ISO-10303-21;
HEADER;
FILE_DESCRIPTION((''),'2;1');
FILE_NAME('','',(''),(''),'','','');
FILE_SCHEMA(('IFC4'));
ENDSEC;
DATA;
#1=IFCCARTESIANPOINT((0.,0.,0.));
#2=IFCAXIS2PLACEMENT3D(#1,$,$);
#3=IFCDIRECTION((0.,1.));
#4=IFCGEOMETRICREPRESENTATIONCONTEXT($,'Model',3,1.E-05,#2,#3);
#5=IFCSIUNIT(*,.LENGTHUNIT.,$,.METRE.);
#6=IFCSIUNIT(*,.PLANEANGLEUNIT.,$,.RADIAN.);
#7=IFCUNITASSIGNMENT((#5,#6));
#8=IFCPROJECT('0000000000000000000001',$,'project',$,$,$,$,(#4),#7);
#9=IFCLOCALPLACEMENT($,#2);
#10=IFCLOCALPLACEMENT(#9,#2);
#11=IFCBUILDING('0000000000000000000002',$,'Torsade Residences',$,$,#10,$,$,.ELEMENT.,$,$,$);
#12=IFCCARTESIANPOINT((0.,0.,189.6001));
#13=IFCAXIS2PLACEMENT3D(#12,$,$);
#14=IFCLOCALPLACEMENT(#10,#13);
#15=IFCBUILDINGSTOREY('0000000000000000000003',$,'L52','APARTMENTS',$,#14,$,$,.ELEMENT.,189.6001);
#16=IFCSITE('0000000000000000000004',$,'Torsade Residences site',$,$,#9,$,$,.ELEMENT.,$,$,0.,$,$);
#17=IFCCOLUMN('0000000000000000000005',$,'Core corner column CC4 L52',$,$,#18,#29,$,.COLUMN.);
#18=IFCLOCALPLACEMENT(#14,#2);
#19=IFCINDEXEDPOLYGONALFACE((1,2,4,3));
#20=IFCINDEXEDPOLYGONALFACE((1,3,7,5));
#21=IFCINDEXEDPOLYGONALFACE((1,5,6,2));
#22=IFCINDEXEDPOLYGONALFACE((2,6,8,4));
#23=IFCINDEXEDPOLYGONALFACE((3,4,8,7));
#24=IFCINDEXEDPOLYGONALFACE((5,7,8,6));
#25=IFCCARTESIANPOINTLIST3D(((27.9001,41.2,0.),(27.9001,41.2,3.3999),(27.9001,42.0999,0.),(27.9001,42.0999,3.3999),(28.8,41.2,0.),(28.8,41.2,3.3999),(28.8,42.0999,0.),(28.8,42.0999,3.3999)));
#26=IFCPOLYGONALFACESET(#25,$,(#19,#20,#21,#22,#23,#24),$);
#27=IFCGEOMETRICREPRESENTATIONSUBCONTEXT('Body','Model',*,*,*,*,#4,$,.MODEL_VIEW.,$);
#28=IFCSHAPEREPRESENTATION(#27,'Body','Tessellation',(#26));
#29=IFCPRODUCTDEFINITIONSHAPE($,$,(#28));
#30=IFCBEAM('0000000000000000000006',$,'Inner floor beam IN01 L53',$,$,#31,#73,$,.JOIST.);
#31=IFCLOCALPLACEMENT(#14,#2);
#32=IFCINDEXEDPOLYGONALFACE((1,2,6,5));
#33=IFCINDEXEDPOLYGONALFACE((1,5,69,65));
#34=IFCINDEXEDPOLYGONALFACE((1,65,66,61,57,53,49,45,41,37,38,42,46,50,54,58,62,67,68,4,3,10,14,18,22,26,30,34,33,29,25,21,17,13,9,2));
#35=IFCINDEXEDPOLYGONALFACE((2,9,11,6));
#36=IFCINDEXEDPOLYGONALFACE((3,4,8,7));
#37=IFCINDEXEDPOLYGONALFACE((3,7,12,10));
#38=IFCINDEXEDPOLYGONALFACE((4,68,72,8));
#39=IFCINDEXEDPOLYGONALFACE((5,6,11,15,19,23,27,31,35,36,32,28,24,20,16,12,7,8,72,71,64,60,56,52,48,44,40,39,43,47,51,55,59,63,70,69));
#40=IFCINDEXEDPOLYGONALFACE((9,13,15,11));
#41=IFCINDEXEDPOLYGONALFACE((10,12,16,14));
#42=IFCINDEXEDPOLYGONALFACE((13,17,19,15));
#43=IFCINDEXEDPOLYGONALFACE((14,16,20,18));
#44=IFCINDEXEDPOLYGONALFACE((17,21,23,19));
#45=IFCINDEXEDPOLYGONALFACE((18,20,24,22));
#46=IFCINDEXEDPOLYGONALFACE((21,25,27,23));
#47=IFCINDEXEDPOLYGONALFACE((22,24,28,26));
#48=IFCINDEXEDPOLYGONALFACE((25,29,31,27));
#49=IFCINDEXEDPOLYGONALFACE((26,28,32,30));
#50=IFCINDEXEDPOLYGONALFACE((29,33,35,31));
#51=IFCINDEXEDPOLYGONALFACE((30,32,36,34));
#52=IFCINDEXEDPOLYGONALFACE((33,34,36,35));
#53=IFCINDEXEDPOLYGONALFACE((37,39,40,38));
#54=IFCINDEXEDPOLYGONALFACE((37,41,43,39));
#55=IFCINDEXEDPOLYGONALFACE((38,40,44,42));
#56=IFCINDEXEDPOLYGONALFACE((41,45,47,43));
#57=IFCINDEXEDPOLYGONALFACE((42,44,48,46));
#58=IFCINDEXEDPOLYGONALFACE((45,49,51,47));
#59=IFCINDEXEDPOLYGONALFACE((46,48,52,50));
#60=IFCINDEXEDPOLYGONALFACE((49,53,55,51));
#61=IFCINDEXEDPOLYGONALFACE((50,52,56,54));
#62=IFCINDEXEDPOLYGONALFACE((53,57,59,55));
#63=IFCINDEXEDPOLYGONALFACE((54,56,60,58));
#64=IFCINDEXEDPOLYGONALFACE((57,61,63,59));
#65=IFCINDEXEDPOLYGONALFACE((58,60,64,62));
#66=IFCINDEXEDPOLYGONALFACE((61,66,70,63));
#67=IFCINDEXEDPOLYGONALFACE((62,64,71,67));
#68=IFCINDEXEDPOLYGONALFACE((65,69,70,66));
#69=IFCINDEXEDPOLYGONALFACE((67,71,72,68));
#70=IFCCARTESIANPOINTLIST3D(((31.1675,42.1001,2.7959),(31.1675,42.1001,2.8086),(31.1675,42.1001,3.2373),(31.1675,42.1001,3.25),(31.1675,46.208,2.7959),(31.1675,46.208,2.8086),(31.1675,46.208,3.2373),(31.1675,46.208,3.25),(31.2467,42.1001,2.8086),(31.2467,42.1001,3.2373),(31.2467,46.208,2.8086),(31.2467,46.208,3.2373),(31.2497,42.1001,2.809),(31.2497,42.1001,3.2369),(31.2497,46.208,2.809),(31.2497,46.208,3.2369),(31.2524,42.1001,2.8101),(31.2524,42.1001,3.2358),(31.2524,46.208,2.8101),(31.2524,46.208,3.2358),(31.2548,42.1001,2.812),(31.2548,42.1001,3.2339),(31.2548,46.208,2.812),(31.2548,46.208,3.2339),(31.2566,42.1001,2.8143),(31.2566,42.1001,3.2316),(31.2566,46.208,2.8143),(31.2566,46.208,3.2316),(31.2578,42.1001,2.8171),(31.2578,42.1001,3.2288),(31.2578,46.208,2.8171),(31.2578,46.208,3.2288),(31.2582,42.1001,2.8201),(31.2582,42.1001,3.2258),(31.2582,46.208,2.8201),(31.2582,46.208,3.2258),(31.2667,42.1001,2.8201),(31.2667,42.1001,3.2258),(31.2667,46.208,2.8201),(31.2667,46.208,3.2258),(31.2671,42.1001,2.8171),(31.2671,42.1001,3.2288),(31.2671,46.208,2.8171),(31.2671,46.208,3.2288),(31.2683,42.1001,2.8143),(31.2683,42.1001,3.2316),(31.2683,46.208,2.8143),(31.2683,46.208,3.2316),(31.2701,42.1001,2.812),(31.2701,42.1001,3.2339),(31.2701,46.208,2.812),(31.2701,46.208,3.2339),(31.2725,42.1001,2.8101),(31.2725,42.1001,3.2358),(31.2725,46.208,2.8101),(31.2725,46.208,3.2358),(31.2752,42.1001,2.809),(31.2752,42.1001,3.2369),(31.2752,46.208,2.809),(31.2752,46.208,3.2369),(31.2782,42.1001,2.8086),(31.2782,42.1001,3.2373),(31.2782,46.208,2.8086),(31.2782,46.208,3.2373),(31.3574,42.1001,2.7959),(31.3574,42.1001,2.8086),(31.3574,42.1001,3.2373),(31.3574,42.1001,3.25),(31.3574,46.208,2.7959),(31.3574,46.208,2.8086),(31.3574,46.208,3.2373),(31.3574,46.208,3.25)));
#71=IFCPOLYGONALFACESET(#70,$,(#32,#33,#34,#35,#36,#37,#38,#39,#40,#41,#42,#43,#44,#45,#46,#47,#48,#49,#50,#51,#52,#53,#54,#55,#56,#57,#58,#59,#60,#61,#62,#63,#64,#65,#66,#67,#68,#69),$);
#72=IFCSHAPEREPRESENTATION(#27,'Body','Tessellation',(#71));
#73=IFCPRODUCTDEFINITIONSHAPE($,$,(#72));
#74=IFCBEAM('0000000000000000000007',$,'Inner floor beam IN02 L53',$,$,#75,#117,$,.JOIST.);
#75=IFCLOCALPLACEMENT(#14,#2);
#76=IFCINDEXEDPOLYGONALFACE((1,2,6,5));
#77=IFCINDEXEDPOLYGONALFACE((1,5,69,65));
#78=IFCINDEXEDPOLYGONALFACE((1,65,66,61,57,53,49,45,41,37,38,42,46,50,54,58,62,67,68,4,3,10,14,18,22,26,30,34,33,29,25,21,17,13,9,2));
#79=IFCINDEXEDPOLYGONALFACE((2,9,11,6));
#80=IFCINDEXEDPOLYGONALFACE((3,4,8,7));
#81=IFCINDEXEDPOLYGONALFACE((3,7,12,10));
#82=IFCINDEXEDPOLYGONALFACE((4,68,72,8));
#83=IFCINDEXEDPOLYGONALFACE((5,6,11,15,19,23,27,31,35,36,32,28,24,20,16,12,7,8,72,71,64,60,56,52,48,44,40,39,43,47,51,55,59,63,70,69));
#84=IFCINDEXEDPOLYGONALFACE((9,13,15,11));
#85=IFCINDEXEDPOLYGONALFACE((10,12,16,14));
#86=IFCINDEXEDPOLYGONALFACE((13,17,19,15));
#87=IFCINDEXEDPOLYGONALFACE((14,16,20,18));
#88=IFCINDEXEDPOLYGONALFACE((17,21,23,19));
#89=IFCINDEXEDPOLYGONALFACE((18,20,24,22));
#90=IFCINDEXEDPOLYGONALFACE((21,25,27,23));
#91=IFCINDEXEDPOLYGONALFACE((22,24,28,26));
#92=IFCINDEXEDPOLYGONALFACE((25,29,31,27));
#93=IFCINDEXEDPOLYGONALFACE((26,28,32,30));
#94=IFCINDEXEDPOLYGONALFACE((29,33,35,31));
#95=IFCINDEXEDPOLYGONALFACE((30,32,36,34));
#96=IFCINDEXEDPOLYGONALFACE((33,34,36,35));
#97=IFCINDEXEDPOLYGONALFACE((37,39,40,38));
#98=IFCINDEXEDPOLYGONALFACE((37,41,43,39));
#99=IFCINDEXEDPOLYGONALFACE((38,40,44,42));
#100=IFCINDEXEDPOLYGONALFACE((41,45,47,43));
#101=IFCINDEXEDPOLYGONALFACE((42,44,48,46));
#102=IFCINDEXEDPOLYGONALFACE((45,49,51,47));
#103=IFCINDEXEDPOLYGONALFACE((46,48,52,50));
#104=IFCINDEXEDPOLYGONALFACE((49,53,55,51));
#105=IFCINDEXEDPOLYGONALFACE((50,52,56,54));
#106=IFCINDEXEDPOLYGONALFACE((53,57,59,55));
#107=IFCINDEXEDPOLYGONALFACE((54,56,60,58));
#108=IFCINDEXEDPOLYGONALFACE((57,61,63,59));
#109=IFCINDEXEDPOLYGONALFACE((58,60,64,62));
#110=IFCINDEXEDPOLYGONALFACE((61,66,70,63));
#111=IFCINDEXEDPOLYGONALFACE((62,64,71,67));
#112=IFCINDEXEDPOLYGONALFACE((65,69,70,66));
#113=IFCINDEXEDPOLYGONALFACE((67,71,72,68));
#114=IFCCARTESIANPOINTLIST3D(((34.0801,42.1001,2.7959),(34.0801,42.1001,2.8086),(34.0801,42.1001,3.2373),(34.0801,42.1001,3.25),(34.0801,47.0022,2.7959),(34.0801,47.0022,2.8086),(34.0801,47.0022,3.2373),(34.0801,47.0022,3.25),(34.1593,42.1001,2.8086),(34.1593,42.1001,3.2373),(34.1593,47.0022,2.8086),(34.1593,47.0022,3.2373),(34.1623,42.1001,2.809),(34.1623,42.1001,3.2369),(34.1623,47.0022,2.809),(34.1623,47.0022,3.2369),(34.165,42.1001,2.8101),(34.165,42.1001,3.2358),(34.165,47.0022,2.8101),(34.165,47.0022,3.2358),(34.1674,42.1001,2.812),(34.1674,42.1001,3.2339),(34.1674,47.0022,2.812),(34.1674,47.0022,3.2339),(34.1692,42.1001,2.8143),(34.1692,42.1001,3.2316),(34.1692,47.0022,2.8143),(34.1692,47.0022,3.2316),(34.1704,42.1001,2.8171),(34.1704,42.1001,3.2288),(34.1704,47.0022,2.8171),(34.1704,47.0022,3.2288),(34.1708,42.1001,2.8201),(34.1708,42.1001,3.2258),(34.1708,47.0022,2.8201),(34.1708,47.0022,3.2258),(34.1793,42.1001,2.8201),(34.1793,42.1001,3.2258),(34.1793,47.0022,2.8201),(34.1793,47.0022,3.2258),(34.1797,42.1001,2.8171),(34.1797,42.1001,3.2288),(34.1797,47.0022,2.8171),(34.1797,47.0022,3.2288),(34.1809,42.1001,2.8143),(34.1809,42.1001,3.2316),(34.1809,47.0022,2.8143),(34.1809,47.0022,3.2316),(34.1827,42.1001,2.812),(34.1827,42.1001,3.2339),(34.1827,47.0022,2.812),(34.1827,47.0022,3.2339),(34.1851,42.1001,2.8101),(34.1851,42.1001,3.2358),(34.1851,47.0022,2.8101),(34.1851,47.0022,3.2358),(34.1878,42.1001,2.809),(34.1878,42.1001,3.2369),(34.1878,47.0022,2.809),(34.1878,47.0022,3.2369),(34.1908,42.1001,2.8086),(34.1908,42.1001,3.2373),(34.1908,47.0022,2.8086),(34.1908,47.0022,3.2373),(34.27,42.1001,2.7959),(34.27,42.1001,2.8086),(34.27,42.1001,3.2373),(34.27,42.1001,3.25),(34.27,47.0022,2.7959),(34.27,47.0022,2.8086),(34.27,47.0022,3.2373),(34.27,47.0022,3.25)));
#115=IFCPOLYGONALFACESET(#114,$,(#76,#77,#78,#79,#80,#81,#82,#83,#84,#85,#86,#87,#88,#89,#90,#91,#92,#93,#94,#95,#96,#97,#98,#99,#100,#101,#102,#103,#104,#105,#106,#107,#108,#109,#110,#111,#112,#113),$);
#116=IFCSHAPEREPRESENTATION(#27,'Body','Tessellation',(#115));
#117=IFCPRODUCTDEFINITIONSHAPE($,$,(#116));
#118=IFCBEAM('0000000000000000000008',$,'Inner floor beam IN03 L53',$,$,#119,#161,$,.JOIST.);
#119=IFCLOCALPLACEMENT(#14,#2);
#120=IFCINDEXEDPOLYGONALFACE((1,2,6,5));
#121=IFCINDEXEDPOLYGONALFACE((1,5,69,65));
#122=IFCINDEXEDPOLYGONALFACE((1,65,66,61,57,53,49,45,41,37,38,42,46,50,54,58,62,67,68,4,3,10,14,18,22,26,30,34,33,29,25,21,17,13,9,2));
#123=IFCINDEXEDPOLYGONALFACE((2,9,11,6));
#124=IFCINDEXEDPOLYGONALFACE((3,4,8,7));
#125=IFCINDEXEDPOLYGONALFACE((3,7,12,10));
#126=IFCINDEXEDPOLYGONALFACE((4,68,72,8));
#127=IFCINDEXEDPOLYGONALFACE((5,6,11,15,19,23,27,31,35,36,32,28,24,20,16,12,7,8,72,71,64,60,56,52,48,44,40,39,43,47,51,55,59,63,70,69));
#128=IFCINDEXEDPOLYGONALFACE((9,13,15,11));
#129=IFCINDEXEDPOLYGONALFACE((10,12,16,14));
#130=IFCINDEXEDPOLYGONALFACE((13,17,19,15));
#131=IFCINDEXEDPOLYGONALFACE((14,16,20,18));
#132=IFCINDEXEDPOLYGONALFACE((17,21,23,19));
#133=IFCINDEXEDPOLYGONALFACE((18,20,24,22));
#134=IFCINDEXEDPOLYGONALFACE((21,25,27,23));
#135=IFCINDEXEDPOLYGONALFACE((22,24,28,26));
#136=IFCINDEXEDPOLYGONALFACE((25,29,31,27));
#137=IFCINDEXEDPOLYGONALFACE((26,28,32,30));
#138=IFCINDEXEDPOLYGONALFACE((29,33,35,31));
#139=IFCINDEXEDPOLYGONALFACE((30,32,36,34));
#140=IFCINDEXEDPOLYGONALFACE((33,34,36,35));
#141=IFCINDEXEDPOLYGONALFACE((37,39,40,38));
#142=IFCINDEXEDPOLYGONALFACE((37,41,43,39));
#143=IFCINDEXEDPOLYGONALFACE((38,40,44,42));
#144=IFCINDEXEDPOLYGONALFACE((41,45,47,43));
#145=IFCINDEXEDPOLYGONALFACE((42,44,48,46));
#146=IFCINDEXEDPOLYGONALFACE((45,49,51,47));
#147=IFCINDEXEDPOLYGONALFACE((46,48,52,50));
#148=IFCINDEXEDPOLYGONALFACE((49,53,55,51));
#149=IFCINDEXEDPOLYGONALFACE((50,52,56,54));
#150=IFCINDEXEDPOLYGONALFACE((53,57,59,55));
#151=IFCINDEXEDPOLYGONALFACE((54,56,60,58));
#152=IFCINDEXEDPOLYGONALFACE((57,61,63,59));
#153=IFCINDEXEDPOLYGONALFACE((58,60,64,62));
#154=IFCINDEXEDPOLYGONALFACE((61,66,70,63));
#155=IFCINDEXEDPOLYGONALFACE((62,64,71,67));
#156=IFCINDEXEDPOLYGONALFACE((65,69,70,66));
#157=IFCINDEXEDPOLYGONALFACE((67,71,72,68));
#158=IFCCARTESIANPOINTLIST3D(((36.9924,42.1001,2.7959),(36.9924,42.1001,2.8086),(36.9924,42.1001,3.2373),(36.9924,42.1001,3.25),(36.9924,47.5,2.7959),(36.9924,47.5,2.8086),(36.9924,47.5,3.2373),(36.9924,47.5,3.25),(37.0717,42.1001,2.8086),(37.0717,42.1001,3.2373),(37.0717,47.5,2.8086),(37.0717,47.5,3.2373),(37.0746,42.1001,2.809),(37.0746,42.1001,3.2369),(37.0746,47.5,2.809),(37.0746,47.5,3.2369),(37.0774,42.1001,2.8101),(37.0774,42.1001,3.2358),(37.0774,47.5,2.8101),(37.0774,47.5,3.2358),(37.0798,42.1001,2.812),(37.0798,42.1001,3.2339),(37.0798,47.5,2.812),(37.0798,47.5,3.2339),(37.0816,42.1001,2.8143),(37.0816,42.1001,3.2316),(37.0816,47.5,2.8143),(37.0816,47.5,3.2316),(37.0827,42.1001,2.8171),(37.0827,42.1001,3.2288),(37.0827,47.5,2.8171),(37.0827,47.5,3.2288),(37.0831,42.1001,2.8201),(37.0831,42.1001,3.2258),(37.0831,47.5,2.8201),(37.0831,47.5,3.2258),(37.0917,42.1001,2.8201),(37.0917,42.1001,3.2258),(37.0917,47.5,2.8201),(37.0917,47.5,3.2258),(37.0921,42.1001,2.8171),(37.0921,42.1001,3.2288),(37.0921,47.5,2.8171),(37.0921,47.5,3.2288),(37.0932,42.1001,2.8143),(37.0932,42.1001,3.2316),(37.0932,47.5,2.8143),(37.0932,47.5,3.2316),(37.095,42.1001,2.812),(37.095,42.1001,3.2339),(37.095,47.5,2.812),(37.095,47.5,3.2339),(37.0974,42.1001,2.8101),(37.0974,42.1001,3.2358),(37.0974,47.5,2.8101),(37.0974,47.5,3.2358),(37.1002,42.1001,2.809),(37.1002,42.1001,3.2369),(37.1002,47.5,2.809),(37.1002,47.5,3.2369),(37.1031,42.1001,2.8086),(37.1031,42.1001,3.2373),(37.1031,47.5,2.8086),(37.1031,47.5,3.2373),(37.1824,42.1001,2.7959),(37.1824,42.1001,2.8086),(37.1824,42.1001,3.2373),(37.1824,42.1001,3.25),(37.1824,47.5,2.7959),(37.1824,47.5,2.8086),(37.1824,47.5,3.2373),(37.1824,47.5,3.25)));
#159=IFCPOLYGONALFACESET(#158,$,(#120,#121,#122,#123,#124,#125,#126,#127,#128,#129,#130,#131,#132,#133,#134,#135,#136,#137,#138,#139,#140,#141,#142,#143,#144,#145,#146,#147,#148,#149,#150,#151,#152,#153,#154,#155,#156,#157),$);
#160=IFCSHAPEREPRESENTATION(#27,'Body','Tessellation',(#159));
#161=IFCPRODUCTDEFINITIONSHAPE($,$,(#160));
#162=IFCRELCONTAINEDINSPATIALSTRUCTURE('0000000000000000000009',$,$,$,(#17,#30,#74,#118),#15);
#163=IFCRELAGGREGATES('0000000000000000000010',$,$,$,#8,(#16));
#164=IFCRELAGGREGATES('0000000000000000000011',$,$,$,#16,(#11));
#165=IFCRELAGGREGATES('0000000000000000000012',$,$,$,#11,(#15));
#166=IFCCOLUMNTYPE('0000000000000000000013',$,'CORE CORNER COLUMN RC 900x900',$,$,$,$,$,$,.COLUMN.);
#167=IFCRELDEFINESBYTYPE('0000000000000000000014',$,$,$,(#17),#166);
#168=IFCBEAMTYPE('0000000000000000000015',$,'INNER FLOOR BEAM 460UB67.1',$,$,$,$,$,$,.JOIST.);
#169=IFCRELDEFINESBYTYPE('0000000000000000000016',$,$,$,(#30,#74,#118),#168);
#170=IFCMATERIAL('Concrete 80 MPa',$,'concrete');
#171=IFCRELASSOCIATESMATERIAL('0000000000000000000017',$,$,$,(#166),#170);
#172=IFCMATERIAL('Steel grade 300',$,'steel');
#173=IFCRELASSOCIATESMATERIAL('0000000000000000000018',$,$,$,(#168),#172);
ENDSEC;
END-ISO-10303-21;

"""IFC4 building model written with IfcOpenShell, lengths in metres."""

from ifc_helpers import new_model, si_unit, direction, frame, origin, origin_2d, place, context, subcontext, project, spatial, rectangle, i_section, extrude, material, material_profile, profile_set, type_object, element, save


model = new_model("IFC4")

# Units and contexts
model_context = context("Model", 3, precision=1e-05, world=origin(), true_north=direction((0.0, 1.0)))
body_context = subcontext(model_context, "Body", "Model", "MODEL_VIEW")
ifc_project = project(units=[si_unit("LENGTHUNIT", "METRE"), si_unit("PLANEANGLEUNIT", "RADIAN")], contexts=[model_context])

# Site, building, storey
site_placement = place(None, origin())
site = spatial("IfcSite", under=ifc_project, at=site_placement, Name="Torsade Residences site", CompositionType="ELEMENT", RefElevation=0.0)
building_placement = place(site_placement, origin())
building = spatial("IfcBuilding", under=site, at=building_placement, Name="Torsade Residences", CompositionType="ELEMENT")
storey_placement = place(building_placement, frame((0.0, 0.0, 189.6001)))
storey = spatial("IfcBuildingStorey", under=building, at=storey_placement, Name="L52", Description="APARTMENTS", CompositionType="ELEMENT", Elevation=189.6001)

# Column
ifc_material_1 = material(Name="Concrete 80 MPa", Category="concrete")
ifc_material_profile_1 = material_profile(ifc_material_1, rectangle(XDim=0.8999, YDim=0.8999, at=origin_2d()), Name="RC 900x900")
ifc_profile_set_1 = profile_set([ifc_material_profile_1], Name="Concrete 80 MPa")
column_type = type_object("IfcColumnType", Name="CORE CORNER COLUMN RC 900x900", PredefinedType="COLUMN", material=ifc_profile_set_1)
column_placement = place(storey_placement, frame((28.3501, 41.6499, 0.0), z_axis=(0.0, 0.0, 1.0), x_axis=(1.0, 0.0, 0.0)))
element("IfcColumn", 1, at=column_placement, inside=storey, type_object=column_type, Name="Core corner column CC4 L52", PredefinedType="COLUMN", context=body_context, shape_type="SweptSolid", body=[
    extrude(rectangle(XDim=0.8999, YDim=0.8999, at=origin_2d()), origin(), (0.0, 0.0, 1.0), 3.3999),
])

# Beams
ifc_material_2 = material(Name="Steel grade 300", Category="steel")
ifc_material_profile_2 = material_profile(ifc_material_2, i_section(OverallWidth=0.1899, OverallDepth=0.4541, WebThickness=0.0085, FlangeThickness=0.0127, FilletRadius=0.0115, at=origin_2d()), Name="460UB67.1")
ifc_profile_set_2 = profile_set([ifc_material_profile_2], Name="Steel grade 300")
beam_type = type_object("IfcBeamType", Name="INNER FLOOR BEAM 460UB67.1", PredefinedType="JOIST", material=ifc_profile_set_2)
beam_1_placement = place(storey_placement, frame((31.2625, 42.1001, 3.0229), z_axis=(0.0, 1.0, 0.0), x_axis=(-1.0, 0.0, 0.0)))
element("IfcBeam", 2, at=beam_1_placement, inside=storey, type_object=beam_type, Name="Inner floor beam IN01 L53", PredefinedType="JOIST", context=body_context, shape_type="SweptSolid", body=[
    extrude(i_section(OverallWidth=0.1899, OverallDepth=0.4541, WebThickness=0.0085, FlangeThickness=0.0127, FilletRadius=0.0115, at=origin_2d()), origin(), (0.0, 0.0, 1.0), 4.1079),
])
beam_2_placement = place(storey_placement, frame((34.175, 42.1001, 3.0229), z_axis=(0.0, 1.0, 0.0), x_axis=(-1.0, 0.0, 0.0)))
element("IfcBeam", 3, at=beam_2_placement, inside=storey, type_object=beam_type, Name="Inner floor beam IN02 L53", PredefinedType="JOIST", context=body_context, shape_type="SweptSolid", body=[
    extrude(i_section(OverallWidth=0.1899, OverallDepth=0.4541, WebThickness=0.0085, FlangeThickness=0.0127, FilletRadius=0.0115, at=origin_2d()), origin(), (0.0, 0.0, 1.0), 4.9021),
])
beam_3_placement = place(storey_placement, frame((37.0874, 42.1001, 3.0229), z_axis=(0.0, 1.0, 0.0), x_axis=(-1.0, 0.0, 0.0)))
element("IfcBeam", 4, at=beam_3_placement, inside=storey, type_object=beam_type, Name="Inner floor beam IN03 L53", PredefinedType="JOIST", context=body_context, shape_type="SweptSolid", body=[
    extrude(i_section(OverallWidth=0.1899, OverallDepth=0.4541, WebThickness=0.0085, FlangeThickness=0.0127, FilletRadius=0.0115, at=origin_2d()), origin(), (0.0, 0.0, 1.0), 5.3999),
])

save(model, "model.ifc")
